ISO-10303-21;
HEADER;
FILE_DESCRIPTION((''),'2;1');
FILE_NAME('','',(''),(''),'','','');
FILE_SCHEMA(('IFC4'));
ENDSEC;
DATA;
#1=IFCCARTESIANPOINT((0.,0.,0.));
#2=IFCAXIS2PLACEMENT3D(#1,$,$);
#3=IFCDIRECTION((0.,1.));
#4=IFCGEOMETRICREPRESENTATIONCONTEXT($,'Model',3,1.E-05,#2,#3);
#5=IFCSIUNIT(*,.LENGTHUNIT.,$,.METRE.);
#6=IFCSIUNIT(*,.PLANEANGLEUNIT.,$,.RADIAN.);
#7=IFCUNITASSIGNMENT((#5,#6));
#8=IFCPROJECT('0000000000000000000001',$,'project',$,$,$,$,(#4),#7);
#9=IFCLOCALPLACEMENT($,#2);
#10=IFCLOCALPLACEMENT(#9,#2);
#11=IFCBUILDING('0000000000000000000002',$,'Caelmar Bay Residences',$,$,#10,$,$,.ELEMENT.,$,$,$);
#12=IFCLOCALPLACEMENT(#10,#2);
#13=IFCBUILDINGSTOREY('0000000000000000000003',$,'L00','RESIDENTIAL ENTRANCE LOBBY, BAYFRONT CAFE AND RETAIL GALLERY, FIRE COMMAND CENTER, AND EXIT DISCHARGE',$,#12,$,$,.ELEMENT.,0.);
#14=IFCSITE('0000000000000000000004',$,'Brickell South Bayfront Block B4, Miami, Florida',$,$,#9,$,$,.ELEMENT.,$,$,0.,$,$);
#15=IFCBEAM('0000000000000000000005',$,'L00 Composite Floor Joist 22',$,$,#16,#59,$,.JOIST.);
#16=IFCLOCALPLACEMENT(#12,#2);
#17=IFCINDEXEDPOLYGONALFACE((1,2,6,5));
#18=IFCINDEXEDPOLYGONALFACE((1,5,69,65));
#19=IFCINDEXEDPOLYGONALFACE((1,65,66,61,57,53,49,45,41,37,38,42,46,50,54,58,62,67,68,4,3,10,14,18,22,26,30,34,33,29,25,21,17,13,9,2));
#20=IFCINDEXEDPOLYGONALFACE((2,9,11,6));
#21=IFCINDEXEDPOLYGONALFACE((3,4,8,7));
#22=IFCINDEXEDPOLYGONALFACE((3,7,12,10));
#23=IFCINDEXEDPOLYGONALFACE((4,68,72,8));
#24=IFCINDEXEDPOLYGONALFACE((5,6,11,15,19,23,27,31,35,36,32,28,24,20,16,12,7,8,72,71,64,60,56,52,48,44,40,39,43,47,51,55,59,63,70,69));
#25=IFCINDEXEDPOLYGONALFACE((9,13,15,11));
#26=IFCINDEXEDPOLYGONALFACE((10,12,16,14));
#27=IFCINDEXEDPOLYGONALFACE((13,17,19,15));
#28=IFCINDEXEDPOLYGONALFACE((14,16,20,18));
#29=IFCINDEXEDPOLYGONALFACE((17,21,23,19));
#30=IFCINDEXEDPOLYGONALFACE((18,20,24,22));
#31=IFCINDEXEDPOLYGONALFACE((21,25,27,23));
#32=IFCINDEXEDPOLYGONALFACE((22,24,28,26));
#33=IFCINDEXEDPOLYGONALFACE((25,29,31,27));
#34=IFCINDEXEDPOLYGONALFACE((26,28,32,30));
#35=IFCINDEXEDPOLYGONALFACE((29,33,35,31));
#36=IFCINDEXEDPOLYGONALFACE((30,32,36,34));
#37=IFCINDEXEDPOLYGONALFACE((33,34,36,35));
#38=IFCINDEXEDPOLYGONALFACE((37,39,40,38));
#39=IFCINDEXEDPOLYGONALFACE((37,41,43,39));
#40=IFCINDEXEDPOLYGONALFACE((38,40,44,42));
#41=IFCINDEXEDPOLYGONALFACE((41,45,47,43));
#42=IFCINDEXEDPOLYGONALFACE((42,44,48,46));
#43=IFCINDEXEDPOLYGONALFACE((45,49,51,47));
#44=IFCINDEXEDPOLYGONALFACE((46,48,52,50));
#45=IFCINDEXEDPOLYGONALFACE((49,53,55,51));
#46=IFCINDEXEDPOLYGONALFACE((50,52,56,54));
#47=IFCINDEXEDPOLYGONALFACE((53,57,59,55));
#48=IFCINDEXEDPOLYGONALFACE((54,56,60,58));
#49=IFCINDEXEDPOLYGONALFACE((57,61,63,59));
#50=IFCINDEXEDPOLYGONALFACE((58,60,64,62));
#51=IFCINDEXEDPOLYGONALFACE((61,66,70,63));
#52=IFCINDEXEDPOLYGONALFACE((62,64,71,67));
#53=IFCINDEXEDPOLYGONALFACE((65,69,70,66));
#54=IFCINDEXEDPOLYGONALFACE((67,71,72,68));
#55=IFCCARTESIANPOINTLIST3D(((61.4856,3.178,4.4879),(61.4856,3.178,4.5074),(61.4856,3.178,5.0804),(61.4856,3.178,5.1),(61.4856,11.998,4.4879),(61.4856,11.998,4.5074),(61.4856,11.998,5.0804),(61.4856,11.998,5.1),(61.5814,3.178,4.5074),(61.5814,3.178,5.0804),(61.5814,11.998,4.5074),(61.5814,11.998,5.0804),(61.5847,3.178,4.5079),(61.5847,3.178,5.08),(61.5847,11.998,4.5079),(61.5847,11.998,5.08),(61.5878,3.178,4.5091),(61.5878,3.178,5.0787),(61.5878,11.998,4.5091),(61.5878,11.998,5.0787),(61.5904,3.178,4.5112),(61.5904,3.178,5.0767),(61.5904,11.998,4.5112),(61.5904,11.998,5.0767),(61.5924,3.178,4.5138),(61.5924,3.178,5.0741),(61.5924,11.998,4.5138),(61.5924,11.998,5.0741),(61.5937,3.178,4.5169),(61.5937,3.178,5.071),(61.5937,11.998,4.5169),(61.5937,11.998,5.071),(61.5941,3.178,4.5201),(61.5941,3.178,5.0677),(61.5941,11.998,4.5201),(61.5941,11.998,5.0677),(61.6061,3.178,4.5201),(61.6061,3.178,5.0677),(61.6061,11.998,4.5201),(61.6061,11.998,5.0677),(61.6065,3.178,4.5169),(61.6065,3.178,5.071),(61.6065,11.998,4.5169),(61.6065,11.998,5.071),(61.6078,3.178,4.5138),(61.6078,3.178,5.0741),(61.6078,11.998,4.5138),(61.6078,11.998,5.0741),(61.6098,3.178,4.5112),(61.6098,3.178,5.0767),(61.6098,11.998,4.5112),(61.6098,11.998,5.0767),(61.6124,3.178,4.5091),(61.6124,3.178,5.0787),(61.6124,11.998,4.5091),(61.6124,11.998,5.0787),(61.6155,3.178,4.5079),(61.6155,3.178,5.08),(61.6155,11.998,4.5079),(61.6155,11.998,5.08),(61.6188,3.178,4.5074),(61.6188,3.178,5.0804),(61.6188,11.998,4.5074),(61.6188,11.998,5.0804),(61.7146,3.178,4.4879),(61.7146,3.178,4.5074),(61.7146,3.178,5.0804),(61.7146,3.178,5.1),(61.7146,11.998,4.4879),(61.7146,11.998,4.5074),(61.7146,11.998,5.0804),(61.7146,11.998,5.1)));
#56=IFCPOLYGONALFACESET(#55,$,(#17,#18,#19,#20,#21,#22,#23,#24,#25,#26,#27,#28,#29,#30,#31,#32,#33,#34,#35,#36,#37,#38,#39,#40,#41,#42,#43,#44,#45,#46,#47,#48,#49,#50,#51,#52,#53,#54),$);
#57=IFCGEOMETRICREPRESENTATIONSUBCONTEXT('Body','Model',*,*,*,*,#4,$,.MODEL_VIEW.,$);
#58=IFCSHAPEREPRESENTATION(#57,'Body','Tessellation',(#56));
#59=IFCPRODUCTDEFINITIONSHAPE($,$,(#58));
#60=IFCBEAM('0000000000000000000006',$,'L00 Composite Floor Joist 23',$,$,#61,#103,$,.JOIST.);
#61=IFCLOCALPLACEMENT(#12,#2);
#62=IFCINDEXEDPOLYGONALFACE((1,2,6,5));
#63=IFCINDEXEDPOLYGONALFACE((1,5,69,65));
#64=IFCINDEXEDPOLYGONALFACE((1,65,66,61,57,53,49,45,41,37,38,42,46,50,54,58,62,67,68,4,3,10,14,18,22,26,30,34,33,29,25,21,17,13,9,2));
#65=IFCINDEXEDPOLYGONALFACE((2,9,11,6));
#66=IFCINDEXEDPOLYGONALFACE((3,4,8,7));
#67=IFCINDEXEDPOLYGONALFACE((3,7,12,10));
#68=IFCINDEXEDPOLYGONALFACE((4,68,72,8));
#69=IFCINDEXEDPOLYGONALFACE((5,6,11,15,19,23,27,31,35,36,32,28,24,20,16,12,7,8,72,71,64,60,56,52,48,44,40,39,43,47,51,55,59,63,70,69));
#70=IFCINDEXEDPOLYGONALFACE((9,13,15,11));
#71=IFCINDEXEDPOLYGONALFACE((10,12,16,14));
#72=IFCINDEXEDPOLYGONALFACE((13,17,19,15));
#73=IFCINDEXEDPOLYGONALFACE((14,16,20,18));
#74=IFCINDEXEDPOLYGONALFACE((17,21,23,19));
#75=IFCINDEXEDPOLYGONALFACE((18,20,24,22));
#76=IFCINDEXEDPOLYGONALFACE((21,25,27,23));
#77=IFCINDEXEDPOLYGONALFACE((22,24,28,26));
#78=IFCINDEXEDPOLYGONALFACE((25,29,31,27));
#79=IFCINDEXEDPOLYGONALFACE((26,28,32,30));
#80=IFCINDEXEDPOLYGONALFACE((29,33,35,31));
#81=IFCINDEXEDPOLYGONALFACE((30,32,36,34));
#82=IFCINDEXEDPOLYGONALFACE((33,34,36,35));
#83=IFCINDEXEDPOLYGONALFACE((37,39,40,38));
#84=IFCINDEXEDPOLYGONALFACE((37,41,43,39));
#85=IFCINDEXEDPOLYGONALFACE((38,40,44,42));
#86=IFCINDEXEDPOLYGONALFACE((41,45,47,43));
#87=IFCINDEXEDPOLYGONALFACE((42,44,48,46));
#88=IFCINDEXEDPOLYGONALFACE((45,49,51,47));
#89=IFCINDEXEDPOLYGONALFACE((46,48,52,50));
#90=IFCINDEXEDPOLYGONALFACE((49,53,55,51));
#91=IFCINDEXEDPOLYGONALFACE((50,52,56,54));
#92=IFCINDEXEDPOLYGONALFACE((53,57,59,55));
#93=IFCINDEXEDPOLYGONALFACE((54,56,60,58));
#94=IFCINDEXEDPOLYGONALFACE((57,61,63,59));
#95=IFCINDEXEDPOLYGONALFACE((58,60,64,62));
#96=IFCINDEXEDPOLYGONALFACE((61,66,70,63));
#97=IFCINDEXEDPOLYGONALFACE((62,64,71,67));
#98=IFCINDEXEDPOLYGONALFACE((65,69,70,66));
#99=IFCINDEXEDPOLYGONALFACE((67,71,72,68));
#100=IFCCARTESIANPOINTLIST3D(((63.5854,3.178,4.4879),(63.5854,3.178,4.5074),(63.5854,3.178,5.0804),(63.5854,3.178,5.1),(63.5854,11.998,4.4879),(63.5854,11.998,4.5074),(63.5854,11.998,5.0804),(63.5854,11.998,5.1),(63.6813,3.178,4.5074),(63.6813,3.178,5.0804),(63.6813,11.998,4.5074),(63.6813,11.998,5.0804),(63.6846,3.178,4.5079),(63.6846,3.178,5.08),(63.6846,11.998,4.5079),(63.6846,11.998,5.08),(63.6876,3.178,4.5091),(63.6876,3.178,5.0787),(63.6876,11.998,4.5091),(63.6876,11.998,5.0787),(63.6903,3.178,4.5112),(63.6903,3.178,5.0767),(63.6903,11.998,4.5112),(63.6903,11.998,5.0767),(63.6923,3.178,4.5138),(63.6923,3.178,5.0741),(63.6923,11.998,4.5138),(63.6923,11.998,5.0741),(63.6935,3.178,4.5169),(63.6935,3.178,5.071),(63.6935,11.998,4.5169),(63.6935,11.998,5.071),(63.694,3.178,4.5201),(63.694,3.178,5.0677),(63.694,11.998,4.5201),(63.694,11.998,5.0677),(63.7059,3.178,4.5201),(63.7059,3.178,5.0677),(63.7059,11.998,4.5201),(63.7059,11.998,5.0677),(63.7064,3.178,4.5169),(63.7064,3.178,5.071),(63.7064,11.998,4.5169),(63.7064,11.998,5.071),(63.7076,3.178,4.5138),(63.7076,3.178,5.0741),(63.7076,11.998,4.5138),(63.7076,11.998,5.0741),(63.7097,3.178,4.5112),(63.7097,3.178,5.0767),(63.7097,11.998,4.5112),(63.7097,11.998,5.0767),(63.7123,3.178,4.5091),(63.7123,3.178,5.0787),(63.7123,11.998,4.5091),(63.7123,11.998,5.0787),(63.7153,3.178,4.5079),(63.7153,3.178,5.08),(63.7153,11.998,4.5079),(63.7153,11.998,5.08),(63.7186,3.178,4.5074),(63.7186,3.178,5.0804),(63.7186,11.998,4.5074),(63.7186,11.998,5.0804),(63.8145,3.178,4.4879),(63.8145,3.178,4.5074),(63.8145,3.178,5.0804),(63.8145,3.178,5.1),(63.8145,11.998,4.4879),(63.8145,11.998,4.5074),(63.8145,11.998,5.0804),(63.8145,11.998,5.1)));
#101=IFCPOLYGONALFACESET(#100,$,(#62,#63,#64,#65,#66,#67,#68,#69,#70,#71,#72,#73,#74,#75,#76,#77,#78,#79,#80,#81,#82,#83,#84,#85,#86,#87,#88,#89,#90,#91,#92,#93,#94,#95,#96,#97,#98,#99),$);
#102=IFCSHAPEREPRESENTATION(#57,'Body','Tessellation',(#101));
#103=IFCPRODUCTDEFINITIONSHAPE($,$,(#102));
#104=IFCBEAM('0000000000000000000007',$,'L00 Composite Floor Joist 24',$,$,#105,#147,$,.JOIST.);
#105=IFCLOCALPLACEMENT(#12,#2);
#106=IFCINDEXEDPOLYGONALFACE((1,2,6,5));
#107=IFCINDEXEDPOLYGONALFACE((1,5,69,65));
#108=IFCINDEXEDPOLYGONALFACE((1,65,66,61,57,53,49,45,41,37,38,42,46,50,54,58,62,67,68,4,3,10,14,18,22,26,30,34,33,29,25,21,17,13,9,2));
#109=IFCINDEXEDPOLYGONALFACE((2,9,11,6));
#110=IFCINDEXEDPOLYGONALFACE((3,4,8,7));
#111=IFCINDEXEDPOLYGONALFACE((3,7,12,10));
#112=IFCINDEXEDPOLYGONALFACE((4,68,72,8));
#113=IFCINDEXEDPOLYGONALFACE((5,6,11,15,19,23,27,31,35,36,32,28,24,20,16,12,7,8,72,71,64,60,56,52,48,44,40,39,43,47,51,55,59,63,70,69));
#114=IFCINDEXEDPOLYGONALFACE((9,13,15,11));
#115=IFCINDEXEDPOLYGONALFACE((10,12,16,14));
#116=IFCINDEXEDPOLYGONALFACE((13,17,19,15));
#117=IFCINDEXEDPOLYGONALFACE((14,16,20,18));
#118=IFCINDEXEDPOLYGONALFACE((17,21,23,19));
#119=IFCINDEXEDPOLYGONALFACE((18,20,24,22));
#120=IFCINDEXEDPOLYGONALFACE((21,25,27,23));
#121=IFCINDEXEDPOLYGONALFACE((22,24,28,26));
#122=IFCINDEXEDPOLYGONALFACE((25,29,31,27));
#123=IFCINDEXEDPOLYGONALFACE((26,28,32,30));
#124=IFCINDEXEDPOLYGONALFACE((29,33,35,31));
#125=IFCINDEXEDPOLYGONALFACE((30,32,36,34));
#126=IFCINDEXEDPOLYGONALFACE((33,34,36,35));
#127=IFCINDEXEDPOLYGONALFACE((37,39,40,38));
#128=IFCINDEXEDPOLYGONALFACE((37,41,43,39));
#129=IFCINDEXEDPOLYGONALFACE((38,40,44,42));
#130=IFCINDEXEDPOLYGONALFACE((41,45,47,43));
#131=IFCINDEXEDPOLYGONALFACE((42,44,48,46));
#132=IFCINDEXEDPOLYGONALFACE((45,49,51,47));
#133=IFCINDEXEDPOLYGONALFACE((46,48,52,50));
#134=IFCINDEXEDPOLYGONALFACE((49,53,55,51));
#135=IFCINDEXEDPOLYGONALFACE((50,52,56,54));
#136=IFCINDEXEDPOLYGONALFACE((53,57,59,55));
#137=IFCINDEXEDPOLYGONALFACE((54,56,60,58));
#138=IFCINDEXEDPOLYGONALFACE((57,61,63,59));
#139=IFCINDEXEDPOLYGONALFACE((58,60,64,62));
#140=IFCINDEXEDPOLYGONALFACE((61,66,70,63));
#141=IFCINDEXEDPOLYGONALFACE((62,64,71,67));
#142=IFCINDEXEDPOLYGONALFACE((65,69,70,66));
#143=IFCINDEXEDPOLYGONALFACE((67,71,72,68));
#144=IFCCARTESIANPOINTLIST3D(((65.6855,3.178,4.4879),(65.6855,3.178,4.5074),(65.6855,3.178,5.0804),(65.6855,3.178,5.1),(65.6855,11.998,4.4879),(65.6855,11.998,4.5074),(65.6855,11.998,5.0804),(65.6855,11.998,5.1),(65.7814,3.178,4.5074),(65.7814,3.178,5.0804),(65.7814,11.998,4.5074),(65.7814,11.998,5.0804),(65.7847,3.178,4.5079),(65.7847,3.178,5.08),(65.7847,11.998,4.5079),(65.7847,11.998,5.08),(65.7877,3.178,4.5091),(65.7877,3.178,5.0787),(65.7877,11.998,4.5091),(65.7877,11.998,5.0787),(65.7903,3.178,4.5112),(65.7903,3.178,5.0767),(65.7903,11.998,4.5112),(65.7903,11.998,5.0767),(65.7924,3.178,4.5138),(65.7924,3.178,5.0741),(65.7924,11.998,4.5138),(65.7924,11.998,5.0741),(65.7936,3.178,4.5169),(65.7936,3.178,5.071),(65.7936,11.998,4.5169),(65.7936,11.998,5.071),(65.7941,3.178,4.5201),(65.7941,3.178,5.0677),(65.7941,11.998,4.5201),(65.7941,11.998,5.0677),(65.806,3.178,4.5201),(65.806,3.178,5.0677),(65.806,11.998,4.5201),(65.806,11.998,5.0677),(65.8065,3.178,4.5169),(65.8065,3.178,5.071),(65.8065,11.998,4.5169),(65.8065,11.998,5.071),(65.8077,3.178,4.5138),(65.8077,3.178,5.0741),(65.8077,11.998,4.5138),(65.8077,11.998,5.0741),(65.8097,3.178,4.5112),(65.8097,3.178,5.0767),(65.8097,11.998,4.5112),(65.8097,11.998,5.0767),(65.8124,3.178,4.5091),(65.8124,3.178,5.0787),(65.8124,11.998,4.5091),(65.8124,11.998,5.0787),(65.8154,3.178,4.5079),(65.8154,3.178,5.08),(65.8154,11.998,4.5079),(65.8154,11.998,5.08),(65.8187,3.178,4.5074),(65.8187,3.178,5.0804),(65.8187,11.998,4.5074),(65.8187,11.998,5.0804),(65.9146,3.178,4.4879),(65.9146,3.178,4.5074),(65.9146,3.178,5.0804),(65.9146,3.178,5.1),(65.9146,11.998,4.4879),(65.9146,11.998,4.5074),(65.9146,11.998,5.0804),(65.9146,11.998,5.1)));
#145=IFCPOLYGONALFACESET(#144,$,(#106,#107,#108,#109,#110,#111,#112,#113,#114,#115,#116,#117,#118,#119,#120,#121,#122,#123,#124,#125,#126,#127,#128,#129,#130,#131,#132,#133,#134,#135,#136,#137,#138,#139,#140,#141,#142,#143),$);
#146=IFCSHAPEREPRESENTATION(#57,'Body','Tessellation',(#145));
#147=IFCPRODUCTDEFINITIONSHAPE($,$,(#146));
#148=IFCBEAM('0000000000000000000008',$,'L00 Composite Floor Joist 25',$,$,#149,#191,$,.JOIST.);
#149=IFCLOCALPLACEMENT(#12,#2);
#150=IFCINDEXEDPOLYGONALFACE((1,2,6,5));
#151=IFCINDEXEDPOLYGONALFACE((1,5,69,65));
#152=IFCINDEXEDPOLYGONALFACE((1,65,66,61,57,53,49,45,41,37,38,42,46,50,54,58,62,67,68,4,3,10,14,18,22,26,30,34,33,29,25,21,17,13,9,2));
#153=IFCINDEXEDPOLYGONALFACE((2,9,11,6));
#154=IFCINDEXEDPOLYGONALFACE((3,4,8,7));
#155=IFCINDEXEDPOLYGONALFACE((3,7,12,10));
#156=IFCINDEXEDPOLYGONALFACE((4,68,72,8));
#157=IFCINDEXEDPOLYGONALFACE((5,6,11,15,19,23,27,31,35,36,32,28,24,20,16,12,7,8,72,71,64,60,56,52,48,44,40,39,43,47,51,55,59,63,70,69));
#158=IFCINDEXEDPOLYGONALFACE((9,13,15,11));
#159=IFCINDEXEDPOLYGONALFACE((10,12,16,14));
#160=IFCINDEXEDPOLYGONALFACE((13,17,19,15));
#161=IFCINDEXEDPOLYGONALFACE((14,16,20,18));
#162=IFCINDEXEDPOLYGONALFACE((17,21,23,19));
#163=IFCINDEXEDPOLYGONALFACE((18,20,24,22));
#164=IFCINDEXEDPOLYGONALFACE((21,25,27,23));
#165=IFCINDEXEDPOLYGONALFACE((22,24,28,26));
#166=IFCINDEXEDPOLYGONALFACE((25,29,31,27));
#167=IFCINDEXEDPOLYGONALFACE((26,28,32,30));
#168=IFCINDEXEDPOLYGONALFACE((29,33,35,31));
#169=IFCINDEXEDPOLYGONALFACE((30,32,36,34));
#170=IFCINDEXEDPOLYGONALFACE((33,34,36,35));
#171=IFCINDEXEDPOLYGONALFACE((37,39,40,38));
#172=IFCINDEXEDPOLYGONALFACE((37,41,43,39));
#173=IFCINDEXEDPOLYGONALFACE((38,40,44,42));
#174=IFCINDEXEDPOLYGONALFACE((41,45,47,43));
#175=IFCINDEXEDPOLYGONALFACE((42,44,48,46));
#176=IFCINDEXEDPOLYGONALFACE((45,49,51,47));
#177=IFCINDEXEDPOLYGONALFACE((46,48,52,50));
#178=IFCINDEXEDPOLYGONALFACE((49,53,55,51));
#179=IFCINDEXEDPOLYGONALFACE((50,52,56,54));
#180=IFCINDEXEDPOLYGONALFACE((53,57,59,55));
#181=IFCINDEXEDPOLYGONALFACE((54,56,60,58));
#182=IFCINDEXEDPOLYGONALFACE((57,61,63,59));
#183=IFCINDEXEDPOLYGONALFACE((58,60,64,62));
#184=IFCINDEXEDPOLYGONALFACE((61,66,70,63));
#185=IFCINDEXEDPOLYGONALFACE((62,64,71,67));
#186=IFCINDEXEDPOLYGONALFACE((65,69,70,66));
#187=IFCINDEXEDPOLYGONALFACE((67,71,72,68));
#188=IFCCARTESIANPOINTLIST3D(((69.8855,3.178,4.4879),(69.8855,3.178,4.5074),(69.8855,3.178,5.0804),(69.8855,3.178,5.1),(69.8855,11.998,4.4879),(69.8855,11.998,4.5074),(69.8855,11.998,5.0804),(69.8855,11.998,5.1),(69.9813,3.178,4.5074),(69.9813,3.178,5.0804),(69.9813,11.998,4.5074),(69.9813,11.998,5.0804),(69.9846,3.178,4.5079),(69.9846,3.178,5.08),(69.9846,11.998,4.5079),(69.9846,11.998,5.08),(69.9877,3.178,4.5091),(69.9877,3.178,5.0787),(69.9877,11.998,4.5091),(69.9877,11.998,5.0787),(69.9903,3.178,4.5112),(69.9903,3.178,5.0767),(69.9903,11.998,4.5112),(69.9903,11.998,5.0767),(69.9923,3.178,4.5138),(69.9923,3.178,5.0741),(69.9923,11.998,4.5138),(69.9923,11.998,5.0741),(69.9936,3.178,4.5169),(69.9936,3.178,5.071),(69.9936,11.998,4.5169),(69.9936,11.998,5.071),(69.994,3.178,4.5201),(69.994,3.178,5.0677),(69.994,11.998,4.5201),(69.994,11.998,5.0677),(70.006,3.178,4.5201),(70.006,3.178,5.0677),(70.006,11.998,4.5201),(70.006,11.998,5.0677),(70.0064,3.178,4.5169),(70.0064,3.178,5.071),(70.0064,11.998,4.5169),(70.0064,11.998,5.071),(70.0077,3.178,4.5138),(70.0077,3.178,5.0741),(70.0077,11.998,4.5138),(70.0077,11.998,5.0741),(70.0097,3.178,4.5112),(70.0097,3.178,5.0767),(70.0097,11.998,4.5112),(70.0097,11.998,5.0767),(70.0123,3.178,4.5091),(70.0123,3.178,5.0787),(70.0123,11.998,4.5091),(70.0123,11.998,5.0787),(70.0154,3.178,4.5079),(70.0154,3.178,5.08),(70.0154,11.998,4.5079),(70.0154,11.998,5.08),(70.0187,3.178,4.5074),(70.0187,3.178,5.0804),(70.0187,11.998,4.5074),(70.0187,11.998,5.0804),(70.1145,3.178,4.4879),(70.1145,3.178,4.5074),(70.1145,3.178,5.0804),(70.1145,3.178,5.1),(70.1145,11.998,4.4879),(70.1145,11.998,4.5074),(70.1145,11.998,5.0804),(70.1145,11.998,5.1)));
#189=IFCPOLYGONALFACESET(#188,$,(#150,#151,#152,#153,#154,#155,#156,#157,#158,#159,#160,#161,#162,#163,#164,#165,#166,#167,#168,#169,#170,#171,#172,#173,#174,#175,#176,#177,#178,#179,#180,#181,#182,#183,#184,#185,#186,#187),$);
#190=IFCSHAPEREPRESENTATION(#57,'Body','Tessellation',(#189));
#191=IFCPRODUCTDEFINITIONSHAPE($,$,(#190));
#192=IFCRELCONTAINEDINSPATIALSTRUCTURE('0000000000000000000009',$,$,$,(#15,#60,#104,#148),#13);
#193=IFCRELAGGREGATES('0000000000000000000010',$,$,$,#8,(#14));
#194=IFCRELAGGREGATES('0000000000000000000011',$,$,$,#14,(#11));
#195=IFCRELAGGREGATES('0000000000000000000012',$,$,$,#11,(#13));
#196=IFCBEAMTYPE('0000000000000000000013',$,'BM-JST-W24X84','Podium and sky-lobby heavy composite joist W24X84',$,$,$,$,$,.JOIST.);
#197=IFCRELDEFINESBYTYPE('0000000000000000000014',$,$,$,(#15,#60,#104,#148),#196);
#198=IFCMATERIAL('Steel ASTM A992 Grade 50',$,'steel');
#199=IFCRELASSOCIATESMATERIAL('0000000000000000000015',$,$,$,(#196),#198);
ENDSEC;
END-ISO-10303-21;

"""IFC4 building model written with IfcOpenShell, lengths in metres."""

from ifc_helpers import new_model, si_unit, direction, frame, origin, origin_2d, place, context, subcontext, project, spatial, i_section, extrude, material, material_profile, profile_set, type_object, element, save


model = new_model("IFC4")

# Units and contexts
model_context = context("Model", 3, precision=1e-05, world=origin(), true_north=direction((0.0, 1.0)))
body_context = subcontext(model_context, "Body", "Model", "MODEL_VIEW")
ifc_project = project(units=[si_unit("LENGTHUNIT", "METRE"), si_unit("PLANEANGLEUNIT", "RADIAN")], contexts=[model_context])

# Site, building, storey
site_placement = place(None, origin())
site = spatial("IfcSite", under=ifc_project, at=site_placement, Name="Brickell South Bayfront Block B4, Miami, Florida", CompositionType="ELEMENT", RefElevation=0.0)
building_placement = place(site_placement, origin())
building = spatial("IfcBuilding", under=site, at=building_placement, Name="Caelmar Bay Residences", CompositionType="ELEMENT")
storey_placement = place(building_placement, origin())
storey = spatial("IfcBuildingStorey", under=building, at=storey_placement, Name="L00", Description="RESIDENTIAL ENTRANCE LOBBY, BAYFRONT CAFE AND RETAIL GALLERY, FIRE COMMAND CENTER, AND EXIT DISCHARGE", CompositionType="ELEMENT", Elevation=0.0)

# Beams
ifc_material_1 = material(Name="Steel ASTM A992 Grade 50", Category="steel")
ifc_material_profile_1 = material_profile(ifc_material_1, i_section(OverallWidth=0.229, OverallDepth=0.6121, WebThickness=0.012, FlangeThickness=0.0195, FilletRadius=0.0127, at=origin_2d()), Name="W24X84")
ifc_profile_set_1 = profile_set([ifc_material_profile_1], Name="Steel ASTM A992 Grade 50")
beam_type_1 = type_object("IfcBeamType", Name="BM-JST-W24X84", Description="Podium and sky-lobby heavy composite joist W24X84", PredefinedType="JOIST", material=ifc_profile_set_1)
for number, where, z_axis, x_axis, name in (
    (1, (61.6001, 3.178, 4.7939), (0.0, 1.0, 0.0), (-1.0, 0.0, 0.0), "L00 Composite Floor Joist 22"),
    (2, (63.7, 3.178, 4.7939), (0.0, 1.0, 0.0), (-1.0, 0.0, 0.0), "L00 Composite Floor Joist 23"),
    (3, (65.8, 3.178, 4.7939), (0.0, 1.0, 0.0), (-1.0, 0.0, 0.0), "L00 Composite Floor Joist 24"),
    (4, (70.0, 3.178, 4.7939), (0.0, 1.0, 0.0), (-1.0, 0.0, 0.0), "L00 Composite Floor Joist 25"),
):
    element("IfcBeam", number, at=place(storey_placement, frame(where, z_axis=z_axis, x_axis=x_axis)), inside=storey, type_object=beam_type_1, Name=name, PredefinedType="JOIST", context=body_context, shape_type="SweptSolid", body=[
        extrude(i_section(OverallWidth=0.229, OverallDepth=0.6121, WebThickness=0.012, FlangeThickness=0.0195, FilletRadius=0.0127, at=origin_2d()), origin(), (0.0, 0.0, 1.0), 8.8201),
    ])

save(model, "model.ifc")
